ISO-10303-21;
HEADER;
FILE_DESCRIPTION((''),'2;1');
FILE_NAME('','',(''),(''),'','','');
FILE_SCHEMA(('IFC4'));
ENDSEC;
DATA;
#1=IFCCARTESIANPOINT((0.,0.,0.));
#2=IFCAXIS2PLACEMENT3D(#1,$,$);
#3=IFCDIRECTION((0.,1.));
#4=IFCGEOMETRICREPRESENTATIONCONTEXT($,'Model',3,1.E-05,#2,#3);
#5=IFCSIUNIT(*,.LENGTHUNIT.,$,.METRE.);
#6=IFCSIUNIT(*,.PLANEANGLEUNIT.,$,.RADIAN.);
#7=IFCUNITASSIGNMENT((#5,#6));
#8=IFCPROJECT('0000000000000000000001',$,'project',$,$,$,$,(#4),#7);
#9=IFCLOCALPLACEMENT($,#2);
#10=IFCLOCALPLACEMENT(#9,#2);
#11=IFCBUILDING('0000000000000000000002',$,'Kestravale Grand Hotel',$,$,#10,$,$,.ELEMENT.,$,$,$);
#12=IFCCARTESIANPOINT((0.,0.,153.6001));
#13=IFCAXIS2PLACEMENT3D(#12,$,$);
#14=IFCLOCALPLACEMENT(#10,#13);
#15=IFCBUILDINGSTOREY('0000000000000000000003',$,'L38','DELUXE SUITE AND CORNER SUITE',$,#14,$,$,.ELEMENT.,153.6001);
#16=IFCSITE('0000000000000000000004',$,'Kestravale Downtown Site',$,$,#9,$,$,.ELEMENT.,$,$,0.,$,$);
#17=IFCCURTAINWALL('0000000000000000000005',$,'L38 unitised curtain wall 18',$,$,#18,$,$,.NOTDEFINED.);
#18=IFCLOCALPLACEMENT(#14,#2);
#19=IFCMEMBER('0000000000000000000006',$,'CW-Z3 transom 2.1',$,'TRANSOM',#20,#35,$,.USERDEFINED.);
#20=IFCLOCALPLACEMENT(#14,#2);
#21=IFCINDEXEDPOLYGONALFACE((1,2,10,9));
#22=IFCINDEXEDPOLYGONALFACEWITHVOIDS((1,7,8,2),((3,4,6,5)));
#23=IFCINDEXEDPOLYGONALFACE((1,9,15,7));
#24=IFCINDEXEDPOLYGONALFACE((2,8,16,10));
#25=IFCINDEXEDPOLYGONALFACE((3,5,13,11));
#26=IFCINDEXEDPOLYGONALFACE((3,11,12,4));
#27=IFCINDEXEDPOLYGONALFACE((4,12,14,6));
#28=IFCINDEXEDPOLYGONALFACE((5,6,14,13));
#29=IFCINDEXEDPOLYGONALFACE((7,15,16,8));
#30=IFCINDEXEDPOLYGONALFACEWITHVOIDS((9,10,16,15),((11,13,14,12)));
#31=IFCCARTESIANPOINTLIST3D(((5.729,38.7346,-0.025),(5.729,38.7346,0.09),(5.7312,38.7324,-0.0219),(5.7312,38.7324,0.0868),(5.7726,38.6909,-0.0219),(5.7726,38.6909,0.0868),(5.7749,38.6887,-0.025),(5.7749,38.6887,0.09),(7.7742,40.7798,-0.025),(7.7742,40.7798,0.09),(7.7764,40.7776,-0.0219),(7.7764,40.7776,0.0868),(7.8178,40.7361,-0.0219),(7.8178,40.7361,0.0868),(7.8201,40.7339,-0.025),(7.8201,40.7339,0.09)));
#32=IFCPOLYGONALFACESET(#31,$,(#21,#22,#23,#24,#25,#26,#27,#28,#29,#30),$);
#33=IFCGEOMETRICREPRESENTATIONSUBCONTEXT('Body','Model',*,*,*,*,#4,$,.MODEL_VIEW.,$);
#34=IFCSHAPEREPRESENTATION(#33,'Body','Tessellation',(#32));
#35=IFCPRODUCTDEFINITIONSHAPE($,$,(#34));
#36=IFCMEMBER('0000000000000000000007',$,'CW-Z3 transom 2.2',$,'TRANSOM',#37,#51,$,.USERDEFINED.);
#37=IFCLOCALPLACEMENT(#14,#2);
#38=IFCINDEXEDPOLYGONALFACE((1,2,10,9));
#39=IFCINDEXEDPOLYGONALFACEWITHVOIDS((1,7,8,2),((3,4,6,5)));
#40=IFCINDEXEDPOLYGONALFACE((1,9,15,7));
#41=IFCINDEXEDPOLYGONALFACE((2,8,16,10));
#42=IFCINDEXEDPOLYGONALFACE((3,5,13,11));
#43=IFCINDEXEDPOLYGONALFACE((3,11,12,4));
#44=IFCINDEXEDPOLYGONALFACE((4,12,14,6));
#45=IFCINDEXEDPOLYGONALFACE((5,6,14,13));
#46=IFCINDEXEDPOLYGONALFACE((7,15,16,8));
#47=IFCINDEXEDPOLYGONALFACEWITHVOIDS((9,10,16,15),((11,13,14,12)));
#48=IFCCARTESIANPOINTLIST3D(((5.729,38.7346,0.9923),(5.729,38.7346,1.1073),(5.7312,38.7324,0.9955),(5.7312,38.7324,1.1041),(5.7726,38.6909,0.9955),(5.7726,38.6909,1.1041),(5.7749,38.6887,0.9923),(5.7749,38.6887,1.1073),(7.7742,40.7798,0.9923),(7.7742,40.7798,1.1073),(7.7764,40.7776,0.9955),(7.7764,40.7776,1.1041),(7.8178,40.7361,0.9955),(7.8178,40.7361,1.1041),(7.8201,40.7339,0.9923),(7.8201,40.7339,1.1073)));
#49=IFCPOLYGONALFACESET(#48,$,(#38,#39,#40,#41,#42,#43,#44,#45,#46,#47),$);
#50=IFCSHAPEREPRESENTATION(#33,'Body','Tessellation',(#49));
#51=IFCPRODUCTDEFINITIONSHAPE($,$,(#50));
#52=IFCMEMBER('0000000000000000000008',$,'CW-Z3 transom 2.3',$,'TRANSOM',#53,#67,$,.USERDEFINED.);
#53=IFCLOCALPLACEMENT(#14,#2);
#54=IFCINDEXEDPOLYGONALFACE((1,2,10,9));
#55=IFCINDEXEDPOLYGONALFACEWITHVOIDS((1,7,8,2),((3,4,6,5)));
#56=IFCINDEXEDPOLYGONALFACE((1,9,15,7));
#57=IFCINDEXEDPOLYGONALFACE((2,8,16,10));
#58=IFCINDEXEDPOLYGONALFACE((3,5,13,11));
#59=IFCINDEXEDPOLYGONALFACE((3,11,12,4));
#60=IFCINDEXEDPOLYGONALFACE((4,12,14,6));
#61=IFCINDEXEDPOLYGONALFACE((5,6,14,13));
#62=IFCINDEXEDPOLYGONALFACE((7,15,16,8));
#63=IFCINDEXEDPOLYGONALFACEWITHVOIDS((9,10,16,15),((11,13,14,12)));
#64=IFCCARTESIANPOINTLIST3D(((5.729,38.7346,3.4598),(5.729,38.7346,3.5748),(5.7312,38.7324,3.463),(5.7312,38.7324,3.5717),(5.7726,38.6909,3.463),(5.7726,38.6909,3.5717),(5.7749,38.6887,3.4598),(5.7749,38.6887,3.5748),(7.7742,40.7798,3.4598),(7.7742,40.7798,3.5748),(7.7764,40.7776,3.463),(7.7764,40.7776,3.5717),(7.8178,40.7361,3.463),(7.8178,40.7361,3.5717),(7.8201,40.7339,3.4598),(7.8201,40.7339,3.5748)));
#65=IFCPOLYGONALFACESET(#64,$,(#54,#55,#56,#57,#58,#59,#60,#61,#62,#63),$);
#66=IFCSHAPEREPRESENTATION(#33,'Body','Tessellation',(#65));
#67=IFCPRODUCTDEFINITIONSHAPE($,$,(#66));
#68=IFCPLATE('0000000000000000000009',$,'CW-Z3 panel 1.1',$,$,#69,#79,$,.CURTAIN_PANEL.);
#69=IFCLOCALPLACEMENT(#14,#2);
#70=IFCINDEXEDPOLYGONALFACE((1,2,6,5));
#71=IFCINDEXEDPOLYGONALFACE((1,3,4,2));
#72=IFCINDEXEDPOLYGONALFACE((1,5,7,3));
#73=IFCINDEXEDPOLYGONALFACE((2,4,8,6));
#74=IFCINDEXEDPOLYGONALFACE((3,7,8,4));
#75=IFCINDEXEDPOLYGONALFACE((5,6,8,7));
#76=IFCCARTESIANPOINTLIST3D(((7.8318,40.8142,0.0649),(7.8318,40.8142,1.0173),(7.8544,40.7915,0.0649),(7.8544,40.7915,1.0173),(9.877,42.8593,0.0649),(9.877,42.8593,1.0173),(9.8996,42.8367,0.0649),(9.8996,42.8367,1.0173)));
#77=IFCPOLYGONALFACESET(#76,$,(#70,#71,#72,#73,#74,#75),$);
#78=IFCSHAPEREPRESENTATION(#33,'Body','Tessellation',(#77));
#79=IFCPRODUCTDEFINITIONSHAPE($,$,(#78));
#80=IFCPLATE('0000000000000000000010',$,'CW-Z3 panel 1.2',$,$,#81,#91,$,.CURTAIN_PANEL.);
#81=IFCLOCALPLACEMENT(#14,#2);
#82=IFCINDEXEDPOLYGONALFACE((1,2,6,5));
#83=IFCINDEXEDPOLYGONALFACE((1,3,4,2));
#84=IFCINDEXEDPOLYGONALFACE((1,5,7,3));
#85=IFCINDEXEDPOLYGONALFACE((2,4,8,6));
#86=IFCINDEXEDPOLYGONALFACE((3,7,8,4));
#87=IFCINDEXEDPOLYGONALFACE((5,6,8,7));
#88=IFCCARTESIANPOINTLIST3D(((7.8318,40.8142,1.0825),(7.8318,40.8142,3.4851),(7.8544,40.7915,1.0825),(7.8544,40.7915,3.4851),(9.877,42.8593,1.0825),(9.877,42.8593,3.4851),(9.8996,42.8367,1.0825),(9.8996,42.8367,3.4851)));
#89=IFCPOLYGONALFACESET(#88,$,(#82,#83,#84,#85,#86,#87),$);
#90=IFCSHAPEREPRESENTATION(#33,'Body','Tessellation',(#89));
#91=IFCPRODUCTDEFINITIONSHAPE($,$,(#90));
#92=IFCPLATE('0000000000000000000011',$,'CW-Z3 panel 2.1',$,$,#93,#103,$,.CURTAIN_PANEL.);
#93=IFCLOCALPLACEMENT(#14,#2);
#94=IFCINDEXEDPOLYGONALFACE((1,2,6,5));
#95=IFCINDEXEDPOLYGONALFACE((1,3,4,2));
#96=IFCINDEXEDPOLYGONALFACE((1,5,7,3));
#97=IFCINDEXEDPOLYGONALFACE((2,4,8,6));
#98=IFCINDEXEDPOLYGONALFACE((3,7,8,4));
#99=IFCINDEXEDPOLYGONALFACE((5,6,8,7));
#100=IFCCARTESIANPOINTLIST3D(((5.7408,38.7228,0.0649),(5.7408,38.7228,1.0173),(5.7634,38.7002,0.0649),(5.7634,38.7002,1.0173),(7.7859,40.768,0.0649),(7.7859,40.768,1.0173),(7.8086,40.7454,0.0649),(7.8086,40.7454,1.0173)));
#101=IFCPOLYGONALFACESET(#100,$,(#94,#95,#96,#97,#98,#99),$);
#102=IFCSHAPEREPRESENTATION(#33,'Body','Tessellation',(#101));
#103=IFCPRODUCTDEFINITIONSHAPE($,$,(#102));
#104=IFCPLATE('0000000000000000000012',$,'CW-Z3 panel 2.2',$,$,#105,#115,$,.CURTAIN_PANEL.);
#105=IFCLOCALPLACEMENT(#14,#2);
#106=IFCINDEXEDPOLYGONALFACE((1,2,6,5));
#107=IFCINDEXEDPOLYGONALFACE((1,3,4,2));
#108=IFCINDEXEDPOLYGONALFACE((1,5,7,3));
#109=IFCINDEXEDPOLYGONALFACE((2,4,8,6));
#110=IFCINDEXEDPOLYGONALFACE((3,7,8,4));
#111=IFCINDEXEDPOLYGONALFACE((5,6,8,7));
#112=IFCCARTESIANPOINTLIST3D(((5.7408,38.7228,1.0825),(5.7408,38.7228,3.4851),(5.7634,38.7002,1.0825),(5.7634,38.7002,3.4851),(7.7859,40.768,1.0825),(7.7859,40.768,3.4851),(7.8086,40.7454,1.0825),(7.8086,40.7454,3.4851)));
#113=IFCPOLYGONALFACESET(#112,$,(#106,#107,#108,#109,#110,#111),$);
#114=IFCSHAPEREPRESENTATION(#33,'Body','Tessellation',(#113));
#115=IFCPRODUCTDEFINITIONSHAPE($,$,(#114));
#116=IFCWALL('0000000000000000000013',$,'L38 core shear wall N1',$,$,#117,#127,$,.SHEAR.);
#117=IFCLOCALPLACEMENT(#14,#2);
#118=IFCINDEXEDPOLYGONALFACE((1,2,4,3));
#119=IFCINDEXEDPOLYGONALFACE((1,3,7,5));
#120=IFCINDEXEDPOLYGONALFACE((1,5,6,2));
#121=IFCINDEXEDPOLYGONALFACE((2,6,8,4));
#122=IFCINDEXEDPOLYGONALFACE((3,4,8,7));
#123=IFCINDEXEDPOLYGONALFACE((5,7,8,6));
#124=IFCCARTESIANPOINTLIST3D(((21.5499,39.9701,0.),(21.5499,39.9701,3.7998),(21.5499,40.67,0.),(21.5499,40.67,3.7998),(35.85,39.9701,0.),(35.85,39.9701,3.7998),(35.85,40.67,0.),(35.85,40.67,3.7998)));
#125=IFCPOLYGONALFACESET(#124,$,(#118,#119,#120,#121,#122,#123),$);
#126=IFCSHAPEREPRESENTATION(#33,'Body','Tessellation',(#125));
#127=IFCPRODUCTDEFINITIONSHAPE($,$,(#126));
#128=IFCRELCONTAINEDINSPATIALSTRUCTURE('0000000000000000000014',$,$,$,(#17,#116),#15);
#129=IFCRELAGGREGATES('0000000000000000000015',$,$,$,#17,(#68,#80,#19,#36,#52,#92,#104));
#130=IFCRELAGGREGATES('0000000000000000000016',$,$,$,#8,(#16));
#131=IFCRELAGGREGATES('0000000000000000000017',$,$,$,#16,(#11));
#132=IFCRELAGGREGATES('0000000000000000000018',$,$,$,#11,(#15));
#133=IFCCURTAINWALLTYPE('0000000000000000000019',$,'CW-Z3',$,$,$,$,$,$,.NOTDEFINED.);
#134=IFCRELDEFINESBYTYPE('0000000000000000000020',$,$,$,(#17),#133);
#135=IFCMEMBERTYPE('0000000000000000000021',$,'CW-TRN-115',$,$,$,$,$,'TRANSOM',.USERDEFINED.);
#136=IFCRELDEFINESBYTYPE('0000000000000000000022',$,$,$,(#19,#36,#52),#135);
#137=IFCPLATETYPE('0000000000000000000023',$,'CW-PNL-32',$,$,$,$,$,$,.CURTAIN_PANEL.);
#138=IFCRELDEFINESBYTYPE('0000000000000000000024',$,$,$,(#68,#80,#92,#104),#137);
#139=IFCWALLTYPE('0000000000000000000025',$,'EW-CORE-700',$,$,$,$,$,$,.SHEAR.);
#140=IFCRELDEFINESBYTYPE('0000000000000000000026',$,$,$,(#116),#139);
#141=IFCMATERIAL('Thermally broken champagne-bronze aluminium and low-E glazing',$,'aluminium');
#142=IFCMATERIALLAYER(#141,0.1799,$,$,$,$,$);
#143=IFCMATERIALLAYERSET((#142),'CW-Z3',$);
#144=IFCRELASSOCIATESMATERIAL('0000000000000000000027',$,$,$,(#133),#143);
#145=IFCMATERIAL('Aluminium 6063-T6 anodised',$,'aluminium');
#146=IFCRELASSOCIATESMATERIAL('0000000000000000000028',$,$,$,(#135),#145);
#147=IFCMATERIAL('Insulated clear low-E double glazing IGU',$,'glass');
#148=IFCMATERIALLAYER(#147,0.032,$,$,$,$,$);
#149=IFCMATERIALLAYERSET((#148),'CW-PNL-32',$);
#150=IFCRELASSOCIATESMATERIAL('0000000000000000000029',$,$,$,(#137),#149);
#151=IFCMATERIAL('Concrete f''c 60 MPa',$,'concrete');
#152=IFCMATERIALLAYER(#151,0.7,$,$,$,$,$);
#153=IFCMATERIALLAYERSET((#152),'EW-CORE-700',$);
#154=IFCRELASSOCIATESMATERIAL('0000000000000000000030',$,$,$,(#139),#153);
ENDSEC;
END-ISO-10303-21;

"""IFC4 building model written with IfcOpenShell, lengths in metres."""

from ifc_helpers import new_model, si_unit, direction, frame, frame_2d, origin, origin_2d, place, context, subcontext, project, spatial, rectangle, hollow_rectangle, extrude, material, layer, layer_set, material_profile, profile_set, type_object, element, aggregate, save


model = new_model("IFC4")

# Units and contexts
model_context = context("Model", 3, precision=1e-05, world=origin(), true_north=direction((0.0, 1.0)))
body_context = subcontext(model_context, "Body", "Model", "MODEL_VIEW")
ifc_project = project(units=[si_unit("LENGTHUNIT", "METRE"), si_unit("PLANEANGLEUNIT", "RADIAN")], contexts=[model_context])

# Site, building, storey
site_placement = place(None, origin())
site = spatial("IfcSite", under=ifc_project, at=site_placement, Name="Kestravale Downtown Site", CompositionType="ELEMENT", RefElevation=0.0)
building_placement = place(site_placement, origin())
building = spatial("IfcBuilding", under=site, at=building_placement, Name="Kestravale Grand Hotel", CompositionType="ELEMENT")
storey_placement = place(building_placement, frame((0.0, 0.0, 153.6001)))
storey = spatial("IfcBuildingStorey", under=building, at=storey_placement, Name="L38", Description="DELUXE SUITE AND CORNER SUITE", CompositionType="ELEMENT", Elevation=153.6001)

# Curtain wall, members, plates
ifc_material_1 = material(Name="Thermally broken champagne-bronze aluminium and low-E glazing", Category="aluminium")
ifc_layer_1 = layer(ifc_material_1, 0.1799)
ifc_layer_set_1 = layer_set([ifc_layer_1], Name="CW-Z3")
curtain_wall_type = type_object("IfcCurtainWallType", Name="CW-Z3", PredefinedType="NOTDEFINED", material=ifc_layer_set_1)
curtain_wall_placement = place(storey_placement, origin())
curtain_wall = element("IfcCurtainWall", 1, at=curtain_wall_placement, inside=storey, type_object=curtain_wall_type, Name="L38 unitised curtain wall 18", PredefinedType="NOTDEFINED")
ifc_material_2 = material(Name="Aluminium 6063-T6 anodised", Category="aluminium")
ifc_material_profile_1 = material_profile(ifc_material_2, hollow_rectangle(XDim=0.0649, YDim=0.115, WallThickness=0.0032, at=origin_2d()))
ifc_profile_set_1 = profile_set([ifc_material_profile_1], Name="Aluminium 6063-T6 anodised")
member_type_1 = type_object("IfcMemberType", Name="CW-TRN-115", ElementType="TRANSOM", PredefinedType="USERDEFINED", material=ifc_profile_set_1)
member_1_placement = place(storey_placement, frame((7.7971, 40.7568, 0.0325), z_axis=(-0.707107, -0.707107, 0.0), x_axis=(0.707107, -0.707107, 0.0)))
member_1 = element("IfcMember", 2, at=member_1_placement, type_object=member_type_1, Name="CW-Z3 transom 2.1", ObjectType="TRANSOM", PredefinedType="USERDEFINED", context=body_context, shape_type="SweptSolid", body=[
    extrude(hollow_rectangle(XDim=0.0649, YDim=0.115, WallThickness=0.0032, at=origin_2d()), origin(), (0.0, 0.0, 1.0), 2.8923),
])
member_2_placement = place(storey_placement, frame((7.7971, 40.7568, 1.0498), z_axis=(-0.707107, -0.707107, 0.0), x_axis=(0.707107, -0.707107, 0.0)))
member_2 = element("IfcMember", 3, at=member_2_placement, type_object=member_type_1, Name="CW-Z3 transom 2.2", ObjectType="TRANSOM", PredefinedType="USERDEFINED", context=body_context, shape_type="SweptSolid", body=[
    extrude(hollow_rectangle(XDim=0.0649, YDim=0.115, WallThickness=0.0032, at=origin_2d()), origin(), (0.0, 0.0, 1.0), 2.8923),
])
member_3_placement = place(storey_placement, frame((7.7971, 40.7568, 3.5173), z_axis=(-0.707107, -0.707107, 0.0), x_axis=(0.707107, -0.707107, 0.0)))
member_3 = element("IfcMember", 4, at=member_3_placement, type_object=member_type_1, Name="CW-Z3 transom 2.3", ObjectType="TRANSOM", PredefinedType="USERDEFINED", context=body_context, shape_type="SweptSolid", body=[
    extrude(hollow_rectangle(XDim=0.0649, YDim=0.115, WallThickness=0.0032, at=origin_2d()), origin(), (0.0, 0.0, 1.0), 2.8923),
])
ifc_material_3 = material(Name="Insulated clear low-E double glazing IGU", Category="glass")
ifc_layer_2 = layer(ifc_material_3, 0.032)
ifc_layer_set_2 = layer_set([ifc_layer_2], Name="CW-PNL-32")
plate_type = type_object("IfcPlateType", Name="CW-PNL-32", PredefinedType="CURTAIN_PANEL", material=ifc_layer_set_2)
plate_1_placement = place(storey_placement, frame((8.8657, 41.8254, 0.0649), z_axis=(0.0, 0.0, 1.0), x_axis=(-0.707107, -0.707107, 0.0)))
plate_1 = element("IfcPlate", 5, at=plate_1_placement, type_object=plate_type, Name="CW-Z3 panel 1.1", PredefinedType="CURTAIN_PANEL", context=body_context, shape_type="SweptSolid", body=[
    extrude(rectangle(XDim=2.8923, YDim=0.032, at=origin_2d()), origin(), (0.0, 0.0, 1.0), 0.9524),
])
plate_2_placement = place(storey_placement, frame((8.8657, 41.8254, 1.0825), z_axis=(0.0, 0.0, 1.0), x_axis=(-0.707107, -0.707107, 0.0)))
plate_2 = element("IfcPlate", 6, at=plate_2_placement, type_object=plate_type, Name="CW-Z3 panel 1.2", PredefinedType="CURTAIN_PANEL", context=body_context, shape_type="SweptSolid", body=[
    extrude(rectangle(XDim=2.8923, YDim=0.032, at=origin_2d()), origin(), (0.0, 0.0, 1.0), 2.4026),
])
plate_3_placement = place(storey_placement, frame((6.7747, 39.7341, 0.0649), z_axis=(0.0, 0.0, 1.0), x_axis=(-0.707107, -0.707107, 0.0)))
plate_3 = element("IfcPlate", 7, at=plate_3_placement, type_object=plate_type, Name="CW-Z3 panel 2.1", PredefinedType="CURTAIN_PANEL", context=body_context, shape_type="SweptSolid", body=[
    extrude(rectangle(XDim=2.8923, YDim=0.032, at=origin_2d()), origin(), (0.0, 0.0, 1.0), 0.9524),
])
plate_4_placement = place(storey_placement, frame((6.7747, 39.7341, 1.0825), z_axis=(0.0, 0.0, 1.0), x_axis=(-0.707107, -0.707107, 0.0)))
plate_4 = element("IfcPlate", 8, at=plate_4_placement, type_object=plate_type, Name="CW-Z3 panel 2.2", PredefinedType="CURTAIN_PANEL", context=body_context, shape_type="SweptSolid", body=[
    extrude(rectangle(XDim=2.8923, YDim=0.032, at=origin_2d()), origin(), (0.0, 0.0, 1.0), 2.4026),
])
aggregate(curtain_wall, [plate_1, plate_2, member_1, member_2, member_3, plate_3, plate_4])

# Wall
ifc_material_4 = material(Name="Concrete f'c 60 MPa", Category="concrete")
ifc_layer_3 = layer(ifc_material_4, 0.7)
ifc_layer_set_3 = layer_set([ifc_layer_3], Name="EW-CORE-700")
wall_type_1 = type_object("IfcWallType", Name="EW-CORE-700", PredefinedType="SHEAR", material=ifc_layer_set_3)
wall_1_placement = place(storey_placement, frame((21.55, 40.3201, 0.0), z_axis=(0.0, 0.0, 1.0), x_axis=(1.0, 0.0, 0.0)))
element("IfcWall", 9, at=wall_1_placement, inside=storey, type_object=wall_type_1, Name="L38 core shear wall N1", PredefinedType="SHEAR", context=body_context, shape_type="SweptSolid", body=[
    extrude(rectangle(XDim=14.3, YDim=0.7, at=frame_2d((7.1499, 0.0))), origin(), (0.0, 0.0, 1.0), 3.7998),
])

save(model, "model.ifc")
